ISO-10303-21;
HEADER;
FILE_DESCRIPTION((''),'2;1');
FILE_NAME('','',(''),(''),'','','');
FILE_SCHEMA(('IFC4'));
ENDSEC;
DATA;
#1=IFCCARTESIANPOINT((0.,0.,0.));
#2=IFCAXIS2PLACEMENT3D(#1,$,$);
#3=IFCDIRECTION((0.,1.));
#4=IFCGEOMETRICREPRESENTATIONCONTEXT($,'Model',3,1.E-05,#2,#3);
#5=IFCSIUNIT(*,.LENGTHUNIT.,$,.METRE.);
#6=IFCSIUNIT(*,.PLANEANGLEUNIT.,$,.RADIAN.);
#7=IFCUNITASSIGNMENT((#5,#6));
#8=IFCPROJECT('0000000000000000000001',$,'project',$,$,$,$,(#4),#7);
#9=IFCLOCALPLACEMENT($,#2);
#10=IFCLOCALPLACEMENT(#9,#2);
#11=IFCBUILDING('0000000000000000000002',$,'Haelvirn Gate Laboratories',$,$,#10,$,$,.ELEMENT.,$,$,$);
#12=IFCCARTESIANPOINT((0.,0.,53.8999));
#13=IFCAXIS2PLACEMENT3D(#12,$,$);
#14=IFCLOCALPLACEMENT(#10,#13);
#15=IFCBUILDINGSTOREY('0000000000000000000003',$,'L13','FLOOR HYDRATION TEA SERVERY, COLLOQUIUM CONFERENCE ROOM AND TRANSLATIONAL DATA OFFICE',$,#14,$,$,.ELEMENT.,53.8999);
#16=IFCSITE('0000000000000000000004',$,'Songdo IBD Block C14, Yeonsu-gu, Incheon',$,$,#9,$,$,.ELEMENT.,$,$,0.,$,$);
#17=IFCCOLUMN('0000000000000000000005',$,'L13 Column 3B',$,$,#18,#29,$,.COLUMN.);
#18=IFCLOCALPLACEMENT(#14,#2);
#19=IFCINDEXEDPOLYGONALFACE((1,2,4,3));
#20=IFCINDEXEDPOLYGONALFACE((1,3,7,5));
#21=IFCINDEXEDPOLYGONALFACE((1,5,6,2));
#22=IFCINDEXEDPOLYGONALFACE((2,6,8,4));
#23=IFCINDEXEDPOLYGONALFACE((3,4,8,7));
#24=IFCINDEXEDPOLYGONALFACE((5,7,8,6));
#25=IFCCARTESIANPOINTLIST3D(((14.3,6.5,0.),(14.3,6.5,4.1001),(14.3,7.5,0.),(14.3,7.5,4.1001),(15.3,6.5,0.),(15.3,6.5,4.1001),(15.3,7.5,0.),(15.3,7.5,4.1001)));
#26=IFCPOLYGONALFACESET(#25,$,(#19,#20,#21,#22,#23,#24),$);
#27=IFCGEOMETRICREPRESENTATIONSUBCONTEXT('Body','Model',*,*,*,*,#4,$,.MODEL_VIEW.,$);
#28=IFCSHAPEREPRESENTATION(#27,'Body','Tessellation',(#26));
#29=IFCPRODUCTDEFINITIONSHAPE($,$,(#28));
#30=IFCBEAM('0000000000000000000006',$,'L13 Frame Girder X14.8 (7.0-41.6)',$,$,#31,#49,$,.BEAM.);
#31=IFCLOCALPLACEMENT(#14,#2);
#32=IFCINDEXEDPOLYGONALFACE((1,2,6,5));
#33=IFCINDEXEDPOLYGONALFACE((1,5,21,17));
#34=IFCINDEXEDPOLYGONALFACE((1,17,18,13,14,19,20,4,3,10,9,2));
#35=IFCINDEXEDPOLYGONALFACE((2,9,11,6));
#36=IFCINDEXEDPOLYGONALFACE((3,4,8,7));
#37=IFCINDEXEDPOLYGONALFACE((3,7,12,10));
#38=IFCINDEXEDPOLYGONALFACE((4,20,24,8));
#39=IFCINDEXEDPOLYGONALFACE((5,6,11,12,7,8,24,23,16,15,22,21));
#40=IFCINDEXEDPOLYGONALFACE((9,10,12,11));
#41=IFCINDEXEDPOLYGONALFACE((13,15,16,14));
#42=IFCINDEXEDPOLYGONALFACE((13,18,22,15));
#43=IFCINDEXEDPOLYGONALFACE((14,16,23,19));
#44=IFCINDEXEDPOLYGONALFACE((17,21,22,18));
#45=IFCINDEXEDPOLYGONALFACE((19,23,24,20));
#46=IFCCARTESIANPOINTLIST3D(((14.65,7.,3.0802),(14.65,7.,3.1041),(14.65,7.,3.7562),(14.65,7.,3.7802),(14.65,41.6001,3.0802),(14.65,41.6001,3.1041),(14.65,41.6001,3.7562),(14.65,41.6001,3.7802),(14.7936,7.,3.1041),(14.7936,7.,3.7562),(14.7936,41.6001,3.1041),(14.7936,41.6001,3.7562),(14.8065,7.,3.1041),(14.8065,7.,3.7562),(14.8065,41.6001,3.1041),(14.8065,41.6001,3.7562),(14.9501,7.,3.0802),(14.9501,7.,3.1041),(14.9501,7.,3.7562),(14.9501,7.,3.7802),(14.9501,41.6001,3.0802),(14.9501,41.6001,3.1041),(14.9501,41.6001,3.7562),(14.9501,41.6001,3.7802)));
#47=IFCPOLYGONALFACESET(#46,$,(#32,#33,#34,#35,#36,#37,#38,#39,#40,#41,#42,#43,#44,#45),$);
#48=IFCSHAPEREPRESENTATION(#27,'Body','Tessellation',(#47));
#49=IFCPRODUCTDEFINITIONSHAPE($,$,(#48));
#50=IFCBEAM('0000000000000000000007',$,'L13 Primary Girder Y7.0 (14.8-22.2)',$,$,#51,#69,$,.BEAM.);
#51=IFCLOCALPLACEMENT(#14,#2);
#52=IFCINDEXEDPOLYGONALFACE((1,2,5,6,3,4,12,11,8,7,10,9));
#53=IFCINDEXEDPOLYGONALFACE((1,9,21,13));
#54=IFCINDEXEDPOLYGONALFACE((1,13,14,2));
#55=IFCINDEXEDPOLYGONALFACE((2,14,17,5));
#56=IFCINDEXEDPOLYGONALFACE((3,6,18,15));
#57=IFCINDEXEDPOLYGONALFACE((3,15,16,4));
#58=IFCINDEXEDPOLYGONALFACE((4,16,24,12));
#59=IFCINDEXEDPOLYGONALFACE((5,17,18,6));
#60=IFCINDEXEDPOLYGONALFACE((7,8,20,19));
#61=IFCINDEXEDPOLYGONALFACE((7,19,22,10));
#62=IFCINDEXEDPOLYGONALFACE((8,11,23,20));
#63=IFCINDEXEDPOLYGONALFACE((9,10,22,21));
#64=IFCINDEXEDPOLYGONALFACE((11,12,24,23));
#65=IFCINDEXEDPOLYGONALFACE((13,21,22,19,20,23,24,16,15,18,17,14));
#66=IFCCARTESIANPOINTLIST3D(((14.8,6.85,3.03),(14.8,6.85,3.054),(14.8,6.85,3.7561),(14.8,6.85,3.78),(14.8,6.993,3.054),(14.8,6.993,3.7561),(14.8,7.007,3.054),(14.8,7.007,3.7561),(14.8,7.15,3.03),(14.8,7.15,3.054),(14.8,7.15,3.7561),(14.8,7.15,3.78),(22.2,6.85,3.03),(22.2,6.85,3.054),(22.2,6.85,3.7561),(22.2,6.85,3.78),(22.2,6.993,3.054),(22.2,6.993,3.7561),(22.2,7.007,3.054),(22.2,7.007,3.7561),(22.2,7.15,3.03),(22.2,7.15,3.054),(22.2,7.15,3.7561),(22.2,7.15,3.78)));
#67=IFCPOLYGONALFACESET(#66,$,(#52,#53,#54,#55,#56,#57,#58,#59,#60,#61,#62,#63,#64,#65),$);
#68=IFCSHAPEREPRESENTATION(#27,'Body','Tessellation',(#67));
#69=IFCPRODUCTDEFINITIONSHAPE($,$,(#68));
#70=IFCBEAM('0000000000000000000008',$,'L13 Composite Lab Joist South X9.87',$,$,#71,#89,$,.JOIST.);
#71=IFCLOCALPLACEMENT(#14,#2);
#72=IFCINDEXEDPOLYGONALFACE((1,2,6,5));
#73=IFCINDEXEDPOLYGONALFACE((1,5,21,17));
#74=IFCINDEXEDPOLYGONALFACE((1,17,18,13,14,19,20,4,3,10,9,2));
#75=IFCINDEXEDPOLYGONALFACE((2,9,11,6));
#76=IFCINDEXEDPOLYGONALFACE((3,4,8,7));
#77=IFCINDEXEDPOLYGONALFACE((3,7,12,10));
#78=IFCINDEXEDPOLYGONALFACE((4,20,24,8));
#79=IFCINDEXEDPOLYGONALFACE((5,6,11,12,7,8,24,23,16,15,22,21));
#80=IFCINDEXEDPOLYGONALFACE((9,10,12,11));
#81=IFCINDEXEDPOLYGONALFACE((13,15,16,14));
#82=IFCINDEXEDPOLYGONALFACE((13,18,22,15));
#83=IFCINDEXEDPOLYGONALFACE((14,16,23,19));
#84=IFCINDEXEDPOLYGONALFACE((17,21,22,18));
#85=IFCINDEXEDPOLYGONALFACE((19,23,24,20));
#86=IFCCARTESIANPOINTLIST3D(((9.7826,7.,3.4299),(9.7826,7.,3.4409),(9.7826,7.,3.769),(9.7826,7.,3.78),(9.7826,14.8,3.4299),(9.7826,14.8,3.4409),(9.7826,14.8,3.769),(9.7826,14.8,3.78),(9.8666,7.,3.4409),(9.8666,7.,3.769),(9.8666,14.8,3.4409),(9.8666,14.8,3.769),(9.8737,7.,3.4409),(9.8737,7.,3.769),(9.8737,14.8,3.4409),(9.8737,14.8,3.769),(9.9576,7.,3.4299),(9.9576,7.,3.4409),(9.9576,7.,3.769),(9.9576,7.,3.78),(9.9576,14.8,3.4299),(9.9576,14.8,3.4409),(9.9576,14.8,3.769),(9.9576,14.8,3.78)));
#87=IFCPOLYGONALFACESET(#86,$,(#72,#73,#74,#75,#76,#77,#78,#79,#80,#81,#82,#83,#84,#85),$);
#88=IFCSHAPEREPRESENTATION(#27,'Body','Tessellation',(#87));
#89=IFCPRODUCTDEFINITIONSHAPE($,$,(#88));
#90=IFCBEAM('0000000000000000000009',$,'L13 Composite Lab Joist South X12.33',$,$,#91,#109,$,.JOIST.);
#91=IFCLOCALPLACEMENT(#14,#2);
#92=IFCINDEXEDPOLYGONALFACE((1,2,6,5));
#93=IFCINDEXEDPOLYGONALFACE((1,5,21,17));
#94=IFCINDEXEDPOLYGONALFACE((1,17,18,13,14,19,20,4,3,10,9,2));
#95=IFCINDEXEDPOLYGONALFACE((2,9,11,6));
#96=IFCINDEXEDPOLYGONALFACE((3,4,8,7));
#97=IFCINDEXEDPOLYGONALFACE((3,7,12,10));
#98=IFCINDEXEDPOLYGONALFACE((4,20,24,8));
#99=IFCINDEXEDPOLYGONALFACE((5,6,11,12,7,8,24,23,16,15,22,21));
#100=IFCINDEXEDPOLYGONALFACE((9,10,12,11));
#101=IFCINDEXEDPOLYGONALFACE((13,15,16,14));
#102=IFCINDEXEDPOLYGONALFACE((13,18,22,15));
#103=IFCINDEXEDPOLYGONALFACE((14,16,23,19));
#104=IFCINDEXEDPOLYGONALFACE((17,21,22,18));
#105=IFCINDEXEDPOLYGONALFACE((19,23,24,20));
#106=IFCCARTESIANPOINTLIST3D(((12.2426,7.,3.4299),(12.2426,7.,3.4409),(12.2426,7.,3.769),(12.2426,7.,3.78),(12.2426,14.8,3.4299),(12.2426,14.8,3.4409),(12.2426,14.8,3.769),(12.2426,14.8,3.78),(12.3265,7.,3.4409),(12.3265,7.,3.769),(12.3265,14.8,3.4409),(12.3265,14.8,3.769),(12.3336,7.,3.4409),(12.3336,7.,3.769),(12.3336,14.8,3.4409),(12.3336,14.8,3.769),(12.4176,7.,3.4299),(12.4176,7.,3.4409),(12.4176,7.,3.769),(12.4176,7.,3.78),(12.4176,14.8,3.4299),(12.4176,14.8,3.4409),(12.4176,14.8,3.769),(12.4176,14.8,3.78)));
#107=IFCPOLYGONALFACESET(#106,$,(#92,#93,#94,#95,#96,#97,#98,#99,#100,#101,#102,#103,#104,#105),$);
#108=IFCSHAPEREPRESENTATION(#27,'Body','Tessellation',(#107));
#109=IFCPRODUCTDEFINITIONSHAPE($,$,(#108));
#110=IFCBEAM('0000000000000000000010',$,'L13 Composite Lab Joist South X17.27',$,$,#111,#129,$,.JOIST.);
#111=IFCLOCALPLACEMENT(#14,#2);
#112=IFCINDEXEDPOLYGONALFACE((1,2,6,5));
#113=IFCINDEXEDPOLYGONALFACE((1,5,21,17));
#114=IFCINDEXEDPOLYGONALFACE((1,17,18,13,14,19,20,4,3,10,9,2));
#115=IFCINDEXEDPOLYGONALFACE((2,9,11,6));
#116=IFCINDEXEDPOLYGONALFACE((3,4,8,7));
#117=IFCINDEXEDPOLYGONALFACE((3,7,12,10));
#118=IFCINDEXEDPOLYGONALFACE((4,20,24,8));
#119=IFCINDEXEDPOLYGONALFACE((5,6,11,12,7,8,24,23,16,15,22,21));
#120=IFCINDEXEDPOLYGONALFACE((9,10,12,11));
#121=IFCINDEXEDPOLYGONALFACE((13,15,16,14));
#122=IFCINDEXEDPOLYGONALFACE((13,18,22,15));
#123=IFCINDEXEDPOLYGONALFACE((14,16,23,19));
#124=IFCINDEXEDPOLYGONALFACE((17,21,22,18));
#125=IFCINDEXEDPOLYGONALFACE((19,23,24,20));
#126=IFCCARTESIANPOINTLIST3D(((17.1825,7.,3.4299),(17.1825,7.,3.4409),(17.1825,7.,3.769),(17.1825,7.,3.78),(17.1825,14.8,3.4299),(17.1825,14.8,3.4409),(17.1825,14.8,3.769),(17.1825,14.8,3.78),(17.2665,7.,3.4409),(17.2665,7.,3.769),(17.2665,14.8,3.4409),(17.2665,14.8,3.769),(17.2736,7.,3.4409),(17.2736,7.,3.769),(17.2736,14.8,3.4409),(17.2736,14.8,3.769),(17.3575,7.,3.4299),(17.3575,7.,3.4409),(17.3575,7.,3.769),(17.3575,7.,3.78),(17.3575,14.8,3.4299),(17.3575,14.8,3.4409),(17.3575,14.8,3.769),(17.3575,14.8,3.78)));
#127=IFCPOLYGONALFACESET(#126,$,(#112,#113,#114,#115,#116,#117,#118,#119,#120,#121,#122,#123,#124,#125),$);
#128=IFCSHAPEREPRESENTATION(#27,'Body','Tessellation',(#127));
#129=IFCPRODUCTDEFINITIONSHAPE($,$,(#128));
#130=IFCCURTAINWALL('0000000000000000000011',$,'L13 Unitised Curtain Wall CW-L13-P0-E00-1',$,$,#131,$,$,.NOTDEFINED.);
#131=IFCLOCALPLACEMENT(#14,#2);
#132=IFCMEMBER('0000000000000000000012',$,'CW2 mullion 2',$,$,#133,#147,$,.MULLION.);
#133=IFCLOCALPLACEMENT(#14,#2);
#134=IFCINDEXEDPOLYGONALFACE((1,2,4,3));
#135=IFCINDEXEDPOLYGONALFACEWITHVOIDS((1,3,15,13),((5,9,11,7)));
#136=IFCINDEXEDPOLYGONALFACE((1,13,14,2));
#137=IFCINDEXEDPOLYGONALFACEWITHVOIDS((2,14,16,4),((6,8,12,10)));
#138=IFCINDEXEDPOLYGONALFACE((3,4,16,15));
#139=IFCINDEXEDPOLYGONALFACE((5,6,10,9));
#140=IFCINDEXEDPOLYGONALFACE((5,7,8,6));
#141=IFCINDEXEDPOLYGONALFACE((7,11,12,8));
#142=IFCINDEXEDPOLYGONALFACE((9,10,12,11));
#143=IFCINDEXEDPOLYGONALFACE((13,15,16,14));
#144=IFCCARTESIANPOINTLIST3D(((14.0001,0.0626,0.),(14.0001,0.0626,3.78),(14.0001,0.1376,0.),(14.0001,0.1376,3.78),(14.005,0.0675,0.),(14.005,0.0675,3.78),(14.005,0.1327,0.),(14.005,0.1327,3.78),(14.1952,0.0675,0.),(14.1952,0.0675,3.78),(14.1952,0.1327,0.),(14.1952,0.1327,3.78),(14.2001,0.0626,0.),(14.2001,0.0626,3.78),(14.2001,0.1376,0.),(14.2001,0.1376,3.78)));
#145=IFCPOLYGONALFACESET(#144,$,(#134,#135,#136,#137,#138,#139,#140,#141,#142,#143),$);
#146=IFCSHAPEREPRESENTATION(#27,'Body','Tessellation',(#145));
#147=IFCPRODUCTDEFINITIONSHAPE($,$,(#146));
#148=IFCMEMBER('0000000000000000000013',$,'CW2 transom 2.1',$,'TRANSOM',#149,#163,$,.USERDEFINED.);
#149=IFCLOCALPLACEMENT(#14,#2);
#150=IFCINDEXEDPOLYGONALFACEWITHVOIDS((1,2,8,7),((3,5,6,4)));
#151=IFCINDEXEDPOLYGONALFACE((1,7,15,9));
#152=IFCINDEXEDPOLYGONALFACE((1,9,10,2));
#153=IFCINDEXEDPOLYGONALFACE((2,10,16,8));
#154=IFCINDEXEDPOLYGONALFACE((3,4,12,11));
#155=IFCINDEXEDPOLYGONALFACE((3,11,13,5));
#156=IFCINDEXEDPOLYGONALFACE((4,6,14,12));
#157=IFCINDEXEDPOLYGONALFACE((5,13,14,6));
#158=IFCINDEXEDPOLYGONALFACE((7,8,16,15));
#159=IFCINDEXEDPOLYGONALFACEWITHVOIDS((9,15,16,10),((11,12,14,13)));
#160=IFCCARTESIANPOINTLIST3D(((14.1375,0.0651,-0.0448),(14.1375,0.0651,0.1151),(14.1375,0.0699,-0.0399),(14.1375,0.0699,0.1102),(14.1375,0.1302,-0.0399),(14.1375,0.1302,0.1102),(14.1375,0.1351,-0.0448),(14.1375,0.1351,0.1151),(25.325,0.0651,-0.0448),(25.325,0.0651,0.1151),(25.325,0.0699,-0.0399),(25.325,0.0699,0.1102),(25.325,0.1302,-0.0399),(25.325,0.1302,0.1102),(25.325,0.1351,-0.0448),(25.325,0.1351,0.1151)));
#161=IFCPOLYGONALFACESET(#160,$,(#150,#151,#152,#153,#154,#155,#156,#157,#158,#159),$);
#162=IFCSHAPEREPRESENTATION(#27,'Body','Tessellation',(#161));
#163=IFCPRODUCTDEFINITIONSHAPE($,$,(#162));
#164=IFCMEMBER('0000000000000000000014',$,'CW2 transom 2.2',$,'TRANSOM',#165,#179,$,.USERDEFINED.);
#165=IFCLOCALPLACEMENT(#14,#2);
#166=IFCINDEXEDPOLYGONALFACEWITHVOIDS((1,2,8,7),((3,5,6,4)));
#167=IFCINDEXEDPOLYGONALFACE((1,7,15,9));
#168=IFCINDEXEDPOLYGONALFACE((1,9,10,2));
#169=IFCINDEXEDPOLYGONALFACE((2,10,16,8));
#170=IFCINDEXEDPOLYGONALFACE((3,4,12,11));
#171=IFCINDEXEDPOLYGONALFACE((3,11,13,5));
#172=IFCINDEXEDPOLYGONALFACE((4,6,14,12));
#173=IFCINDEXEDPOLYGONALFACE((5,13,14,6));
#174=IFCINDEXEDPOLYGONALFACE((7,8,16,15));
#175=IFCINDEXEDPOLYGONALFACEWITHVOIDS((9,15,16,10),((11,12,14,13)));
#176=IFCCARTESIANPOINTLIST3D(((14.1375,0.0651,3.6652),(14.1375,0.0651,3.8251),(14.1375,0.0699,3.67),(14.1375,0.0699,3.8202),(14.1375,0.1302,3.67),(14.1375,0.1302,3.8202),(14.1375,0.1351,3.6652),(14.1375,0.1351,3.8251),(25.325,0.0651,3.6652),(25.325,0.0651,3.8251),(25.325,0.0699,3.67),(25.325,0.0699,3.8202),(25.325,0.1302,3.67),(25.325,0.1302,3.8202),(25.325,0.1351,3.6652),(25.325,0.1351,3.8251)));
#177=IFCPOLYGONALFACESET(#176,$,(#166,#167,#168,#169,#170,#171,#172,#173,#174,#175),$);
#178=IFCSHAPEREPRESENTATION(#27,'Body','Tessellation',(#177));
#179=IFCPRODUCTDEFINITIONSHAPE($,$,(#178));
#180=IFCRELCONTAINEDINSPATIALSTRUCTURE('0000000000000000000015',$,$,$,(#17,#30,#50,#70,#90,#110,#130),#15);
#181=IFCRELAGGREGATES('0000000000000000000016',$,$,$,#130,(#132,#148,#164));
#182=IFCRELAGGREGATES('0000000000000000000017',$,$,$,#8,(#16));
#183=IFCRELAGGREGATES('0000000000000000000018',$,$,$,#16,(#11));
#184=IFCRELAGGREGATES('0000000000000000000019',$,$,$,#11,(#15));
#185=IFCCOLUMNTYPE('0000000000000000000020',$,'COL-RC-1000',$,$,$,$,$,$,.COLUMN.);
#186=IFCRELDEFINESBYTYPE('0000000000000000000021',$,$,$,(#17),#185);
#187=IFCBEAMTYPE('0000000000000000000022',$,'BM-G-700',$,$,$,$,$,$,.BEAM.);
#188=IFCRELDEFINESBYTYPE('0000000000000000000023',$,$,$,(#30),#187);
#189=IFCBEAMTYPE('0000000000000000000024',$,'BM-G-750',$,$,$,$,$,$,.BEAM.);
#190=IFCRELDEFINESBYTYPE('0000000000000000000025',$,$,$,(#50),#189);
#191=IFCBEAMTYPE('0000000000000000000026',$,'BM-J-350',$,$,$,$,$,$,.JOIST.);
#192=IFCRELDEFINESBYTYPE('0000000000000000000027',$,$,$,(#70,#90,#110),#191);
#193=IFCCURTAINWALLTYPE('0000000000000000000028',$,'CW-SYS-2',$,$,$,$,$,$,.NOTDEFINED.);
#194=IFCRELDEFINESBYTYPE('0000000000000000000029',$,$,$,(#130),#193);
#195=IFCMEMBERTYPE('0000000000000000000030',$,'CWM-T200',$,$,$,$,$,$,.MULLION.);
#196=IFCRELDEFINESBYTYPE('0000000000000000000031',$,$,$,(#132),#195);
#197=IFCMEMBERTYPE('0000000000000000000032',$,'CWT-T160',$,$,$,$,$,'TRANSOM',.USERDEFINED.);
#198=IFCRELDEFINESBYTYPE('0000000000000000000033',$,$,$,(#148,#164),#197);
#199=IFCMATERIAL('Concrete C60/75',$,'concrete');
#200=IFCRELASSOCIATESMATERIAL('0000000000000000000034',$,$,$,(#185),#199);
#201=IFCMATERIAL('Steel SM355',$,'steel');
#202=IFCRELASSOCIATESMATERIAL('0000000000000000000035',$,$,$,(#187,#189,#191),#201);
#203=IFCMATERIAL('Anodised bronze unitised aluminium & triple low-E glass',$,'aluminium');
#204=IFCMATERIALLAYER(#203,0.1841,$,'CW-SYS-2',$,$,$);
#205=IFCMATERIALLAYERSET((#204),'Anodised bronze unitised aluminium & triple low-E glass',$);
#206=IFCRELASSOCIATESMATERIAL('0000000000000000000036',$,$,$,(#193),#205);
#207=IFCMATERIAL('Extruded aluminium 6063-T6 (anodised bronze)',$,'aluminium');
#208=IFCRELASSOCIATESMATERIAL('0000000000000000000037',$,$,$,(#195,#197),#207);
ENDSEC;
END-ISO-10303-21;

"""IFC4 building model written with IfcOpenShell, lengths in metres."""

from ifc_helpers import new_model, si_unit, direction, frame, origin, origin_2d, place, context, subcontext, project, spatial, rectangle, hollow_rectangle, i_section, extrude, source, transform, mapped, material, layer, layer_set, material_profile, profile_set, type_object, type_shapes, element, aggregate, save


model = new_model("IFC4")

# Units and contexts
model_context = context("Model", 3, precision=1e-05, world=origin(), true_north=direction((0.0, 1.0)))
body_context = subcontext(model_context, "Body", "Model", "MODEL_VIEW")
ifc_project = project(units=[si_unit("LENGTHUNIT", "METRE"), si_unit("PLANEANGLEUNIT", "RADIAN")], contexts=[model_context])

# Site, building, storey
site_placement = place(None, origin())
site = spatial("IfcSite", under=ifc_project, at=site_placement, Name="Songdo IBD Block C14, Yeonsu-gu, Incheon", CompositionType="ELEMENT", RefElevation=0.0)
building_placement = place(site_placement, origin())
building = spatial("IfcBuilding", under=site, at=building_placement, Name="Haelvirn Gate Laboratories", CompositionType="ELEMENT")
storey_placement = place(building_placement, frame((0.0, 0.0, 53.8999)))
storey = spatial("IfcBuildingStorey", under=building, at=storey_placement, Name="L13", Description="FLOOR HYDRATION TEA SERVERY, COLLOQUIUM CONFERENCE ROOM AND TRANSLATIONAL DATA OFFICE", CompositionType="ELEMENT", Elevation=53.8999)

# Column
ifc_material_1 = material(Name="Concrete C60/75", Category="concrete")
ifc_material_profile_1 = material_profile(ifc_material_1, rectangle(XDim=1.0, YDim=1.0, at=origin_2d()), Name="RC-1000x1000")
ifc_profile_set_1 = profile_set([ifc_material_profile_1], Name="Concrete C60/75")
column_type = type_object("IfcColumnType", Name="COL-RC-1000", PredefinedType="COLUMN", material=ifc_profile_set_1)
shared_shape_1 = source(origin(), body_context, "Body", "SweptSolid", [
    extrude(rectangle(XDim=1.0, YDim=1.0, at=origin_2d()), origin(), (0.0, 0.0, 1.0), 4.1001),
])
type_shapes(column_type, [shared_shape_1])
column_placement = place(storey_placement, frame((14.8, 7.0, 0.0), z_axis=(0.0, 0.0, 1.0), x_axis=(1.0, 0.0, 0.0)))
element("IfcColumn", 1, at=column_placement, inside=storey, type_object=column_type, Name="L13 Column 3B", PredefinedType="COLUMN", context=body_context, shape_type="MappedRepresentation", body=[
    mapped(shared_shape_1, transform((0.0, 0.0, 0.0), scale=1.0)),
])

# Beams
ifc_material_2 = material(Name="Steel SM355", Category="steel")
ifc_material_profile_2 = material_profile(ifc_material_2, i_section(OverallWidth=0.3, OverallDepth=0.7, WebThickness=0.0129, FlangeThickness=0.0239, at=origin_2d()), Name="H-700x300x13x24")
ifc_profile_set_2 = profile_set([ifc_material_profile_2], Name="Steel SM355")
beam_type_1 = type_object("IfcBeamType", Name="BM-G-700", PredefinedType="BEAM", material=ifc_profile_set_2)
shared_shape_2 = source(origin(), body_context, "Body", "SweptSolid", [
    extrude(i_section(OverallWidth=0.3, OverallDepth=0.7, WebThickness=0.0129, FlangeThickness=0.0239, at=origin_2d()), origin(), (0.0, 0.0, 1.0), 34.6001),
])
type_shapes(beam_type_1, [shared_shape_2])
beam_1_placement = place(storey_placement, frame((14.8, 7.0, 3.4302), z_axis=(0.0, 1.0, 0.0), x_axis=(-1.0, 0.0, 0.0)))
element("IfcBeam", 2, at=beam_1_placement, inside=storey, type_object=beam_type_1, Name="L13 Frame Girder X14.8 (7.0-41.6)", PredefinedType="BEAM", context=body_context, shape_type="MappedRepresentation", body=[
    mapped(shared_shape_2, transform((0.0, 0.0, 0.0), scale=1.0)),
])
ifc_material_profile_3 = material_profile(ifc_material_2, i_section(OverallWidth=0.3, OverallDepth=0.75, WebThickness=0.0139, FlangeThickness=0.0239, at=origin_2d()), Name="H-750x300x14x24")
ifc_profile_set_3 = profile_set([ifc_material_profile_3], Name="Steel SM355")
beam_type_2 = type_object("IfcBeamType", Name="BM-G-750", PredefinedType="BEAM", material=ifc_profile_set_3)
shared_shape_3 = source(origin(), body_context, "Body", "SweptSolid", [
    extrude(i_section(OverallWidth=0.3, OverallDepth=0.75, WebThickness=0.0139, FlangeThickness=0.0239, at=origin_2d()), origin(), (0.0, 0.0, 1.0), 7.3999),
])
type_shapes(beam_type_2, [shared_shape_3])
beam_2_placement = place(storey_placement, frame((14.8, 7.0, 3.405), z_axis=(1.0, 0.0, 0.0), x_axis=(0.0, 1.0, 0.0)))
element("IfcBeam", 3, at=beam_2_placement, inside=storey, type_object=beam_type_2, Name="L13 Primary Girder Y7.0 (14.8-22.2)", PredefinedType="BEAM", context=body_context, shape_type="MappedRepresentation", body=[
    mapped(shared_shape_3, transform((0.0, 0.0, 0.0), scale=1.0)),
])
ifc_material_profile_4 = material_profile(ifc_material_2, i_section(OverallWidth=0.175, OverallDepth=0.3501, WebThickness=0.0071, FlangeThickness=0.011, at=origin_2d()), Name="H-350x175x7x11")
ifc_profile_set_4 = profile_set([ifc_material_profile_4], Name="Steel SM355")
beam_type_3 = type_object("IfcBeamType", Name="BM-J-350", PredefinedType="JOIST", material=ifc_profile_set_4)
shared_shape_4 = source(origin(), body_context, "Body", "SweptSolid", [
    extrude(i_section(OverallWidth=0.175, OverallDepth=0.3501, WebThickness=0.0071, FlangeThickness=0.011, at=origin_2d()), origin(), (0.0, 0.0, 1.0), 7.8),
])
type_shapes(beam_type_3, [shared_shape_4])
for number, where, z_axis, x_axis, name in (
    (4, (9.8701, 7.0, 3.605), (0.0, 1.0, 0.0), (-1.0, 0.0, 0.0), "L13 Composite Lab Joist South X9.87"),
    (5, (12.3301, 7.0, 3.605), (0.0, 1.0, 0.0), (-1.0, 0.0, 0.0), "L13 Composite Lab Joist South X12.33"),
    (6, (17.27, 7.0, 3.605), (0.0, 1.0, 0.0), (-1.0, 0.0, 0.0), "L13 Composite Lab Joist South X17.27"),
):
    element("IfcBeam", number, at=place(storey_placement, frame(where, z_axis=z_axis, x_axis=x_axis)), inside=storey, type_object=beam_type_3, Name=name, PredefinedType="JOIST", context=body_context, shape_type="MappedRepresentation", body=[
        mapped(shared_shape_4, transform((0.0, 0.0, 0.0), scale=1.0)),
    ])

# Curtain wall, members
ifc_material_3 = material(Name="Anodised bronze unitised aluminium & triple low-E glass", Category="aluminium")
ifc_layer_1 = layer(ifc_material_3, 0.1841, Name="CW-SYS-2")
ifc_layer_set_1 = layer_set([ifc_layer_1], Name="Anodised bronze unitised aluminium & triple low-E glass")
curtain_wall_type = type_object("IfcCurtainWallType", Name="CW-SYS-2", PredefinedType="NOTDEFINED", material=ifc_layer_set_1)
curtain_wall_placement = place(storey_placement, origin())
curtain_wall = element("IfcCurtainWall", 7, at=curtain_wall_placement, inside=storey, type_object=curtain_wall_type, Name="L13 Unitised Curtain Wall CW-L13-P0-E00-1", PredefinedType="NOTDEFINED")
ifc_material_4 = material(Name="Extruded aluminium 6063-T6 (anodised bronze)", Category="aluminium")
ifc_material_profile_5 = material_profile(ifc_material_4, hollow_rectangle(XDim=0.075, YDim=0.2, WallThickness=0.0049, at=origin_2d()), Name="CWM-200x75x5")
ifc_profile_set_5 = profile_set([ifc_material_profile_5], Name="Extruded aluminium 6063-T6 (anodised bronze)")
member_type_1 = type_object("IfcMemberType", Name="CWM-T200", PredefinedType="MULLION", material=ifc_profile_set_5)
shared_shape_5 = source(origin(), body_context, "Body", "SweptSolid", [
    extrude(hollow_rectangle(XDim=0.075, YDim=0.2, WallThickness=0.0049, at=origin_2d()), origin(), (0.0, 0.0, 1.0), 3.78),
])
type_shapes(member_type_1, [shared_shape_5])
member_1_placement = place(storey_placement, frame((14.1001, 0.1001, 0.0), z_axis=(0.0, 0.0, 1.0), x_axis=(0.0, 1.0, 0.0)))
member_1 = element("IfcMember", 8, at=member_1_placement, type_object=member_type_1, Name="CW2 mullion 2", PredefinedType="MULLION", context=body_context, shape_type="MappedRepresentation", body=[
    mapped(shared_shape_5, transform((0.0, 0.0, 0.0), scale=1.0)),
])
ifc_material_profile_6 = material_profile(ifc_material_4, hollow_rectangle(XDim=0.0701, YDim=0.1599, WallThickness=0.0049, at=origin_2d()), Name="CWT-160x70x5")
ifc_profile_set_6 = profile_set([ifc_material_profile_6], Name="Extruded aluminium 6063-T6 (anodised bronze)")
member_type_2 = type_object("IfcMemberType", Name="CWT-T160", ElementType="TRANSOM", PredefinedType="USERDEFINED", material=ifc_profile_set_6)
shared_shape_6 = source(origin(), body_context, "Body", "SweptSolid", [
    extrude(hollow_rectangle(XDim=0.0701, YDim=0.1599, WallThickness=0.0049, at=origin_2d()), origin(), (0.0, 0.0, 1.0), 11.1875),
])
type_shapes(member_type_2, [shared_shape_6])
member_2_placement = place(storey_placement, frame((14.1375, 0.1001, 0.0352), z_axis=(1.0, 0.0, 0.0), x_axis=(0.0, 1.0, 0.0)))
member_2 = element("IfcMember", 9, at=member_2_placement, type_object=member_type_2, Name="CW2 transom 2.1", ObjectType="TRANSOM", PredefinedType="USERDEFINED", context=body_context, shape_type="MappedRepresentation", body=[
    mapped(shared_shape_6, transform((0.0, 0.0, 0.0), scale=1.0)),
])
member_3_placement = place(storey_placement, frame((14.1375, 0.1001, 3.7451), z_axis=(1.0, 0.0, 0.0), x_axis=(0.0, 1.0, 0.0)))
member_3 = element("IfcMember", 10, at=member_3_placement, type_object=member_type_2, Name="CW2 transom 2.2", ObjectType="TRANSOM", PredefinedType="USERDEFINED", context=body_context, shape_type="MappedRepresentation", body=[
    mapped(shared_shape_6, transform((0.0, 0.0, 0.0), scale=1.0)),
])
aggregate(curtain_wall, [member_1, member_2, member_3])

save(model, "model.ifc")
